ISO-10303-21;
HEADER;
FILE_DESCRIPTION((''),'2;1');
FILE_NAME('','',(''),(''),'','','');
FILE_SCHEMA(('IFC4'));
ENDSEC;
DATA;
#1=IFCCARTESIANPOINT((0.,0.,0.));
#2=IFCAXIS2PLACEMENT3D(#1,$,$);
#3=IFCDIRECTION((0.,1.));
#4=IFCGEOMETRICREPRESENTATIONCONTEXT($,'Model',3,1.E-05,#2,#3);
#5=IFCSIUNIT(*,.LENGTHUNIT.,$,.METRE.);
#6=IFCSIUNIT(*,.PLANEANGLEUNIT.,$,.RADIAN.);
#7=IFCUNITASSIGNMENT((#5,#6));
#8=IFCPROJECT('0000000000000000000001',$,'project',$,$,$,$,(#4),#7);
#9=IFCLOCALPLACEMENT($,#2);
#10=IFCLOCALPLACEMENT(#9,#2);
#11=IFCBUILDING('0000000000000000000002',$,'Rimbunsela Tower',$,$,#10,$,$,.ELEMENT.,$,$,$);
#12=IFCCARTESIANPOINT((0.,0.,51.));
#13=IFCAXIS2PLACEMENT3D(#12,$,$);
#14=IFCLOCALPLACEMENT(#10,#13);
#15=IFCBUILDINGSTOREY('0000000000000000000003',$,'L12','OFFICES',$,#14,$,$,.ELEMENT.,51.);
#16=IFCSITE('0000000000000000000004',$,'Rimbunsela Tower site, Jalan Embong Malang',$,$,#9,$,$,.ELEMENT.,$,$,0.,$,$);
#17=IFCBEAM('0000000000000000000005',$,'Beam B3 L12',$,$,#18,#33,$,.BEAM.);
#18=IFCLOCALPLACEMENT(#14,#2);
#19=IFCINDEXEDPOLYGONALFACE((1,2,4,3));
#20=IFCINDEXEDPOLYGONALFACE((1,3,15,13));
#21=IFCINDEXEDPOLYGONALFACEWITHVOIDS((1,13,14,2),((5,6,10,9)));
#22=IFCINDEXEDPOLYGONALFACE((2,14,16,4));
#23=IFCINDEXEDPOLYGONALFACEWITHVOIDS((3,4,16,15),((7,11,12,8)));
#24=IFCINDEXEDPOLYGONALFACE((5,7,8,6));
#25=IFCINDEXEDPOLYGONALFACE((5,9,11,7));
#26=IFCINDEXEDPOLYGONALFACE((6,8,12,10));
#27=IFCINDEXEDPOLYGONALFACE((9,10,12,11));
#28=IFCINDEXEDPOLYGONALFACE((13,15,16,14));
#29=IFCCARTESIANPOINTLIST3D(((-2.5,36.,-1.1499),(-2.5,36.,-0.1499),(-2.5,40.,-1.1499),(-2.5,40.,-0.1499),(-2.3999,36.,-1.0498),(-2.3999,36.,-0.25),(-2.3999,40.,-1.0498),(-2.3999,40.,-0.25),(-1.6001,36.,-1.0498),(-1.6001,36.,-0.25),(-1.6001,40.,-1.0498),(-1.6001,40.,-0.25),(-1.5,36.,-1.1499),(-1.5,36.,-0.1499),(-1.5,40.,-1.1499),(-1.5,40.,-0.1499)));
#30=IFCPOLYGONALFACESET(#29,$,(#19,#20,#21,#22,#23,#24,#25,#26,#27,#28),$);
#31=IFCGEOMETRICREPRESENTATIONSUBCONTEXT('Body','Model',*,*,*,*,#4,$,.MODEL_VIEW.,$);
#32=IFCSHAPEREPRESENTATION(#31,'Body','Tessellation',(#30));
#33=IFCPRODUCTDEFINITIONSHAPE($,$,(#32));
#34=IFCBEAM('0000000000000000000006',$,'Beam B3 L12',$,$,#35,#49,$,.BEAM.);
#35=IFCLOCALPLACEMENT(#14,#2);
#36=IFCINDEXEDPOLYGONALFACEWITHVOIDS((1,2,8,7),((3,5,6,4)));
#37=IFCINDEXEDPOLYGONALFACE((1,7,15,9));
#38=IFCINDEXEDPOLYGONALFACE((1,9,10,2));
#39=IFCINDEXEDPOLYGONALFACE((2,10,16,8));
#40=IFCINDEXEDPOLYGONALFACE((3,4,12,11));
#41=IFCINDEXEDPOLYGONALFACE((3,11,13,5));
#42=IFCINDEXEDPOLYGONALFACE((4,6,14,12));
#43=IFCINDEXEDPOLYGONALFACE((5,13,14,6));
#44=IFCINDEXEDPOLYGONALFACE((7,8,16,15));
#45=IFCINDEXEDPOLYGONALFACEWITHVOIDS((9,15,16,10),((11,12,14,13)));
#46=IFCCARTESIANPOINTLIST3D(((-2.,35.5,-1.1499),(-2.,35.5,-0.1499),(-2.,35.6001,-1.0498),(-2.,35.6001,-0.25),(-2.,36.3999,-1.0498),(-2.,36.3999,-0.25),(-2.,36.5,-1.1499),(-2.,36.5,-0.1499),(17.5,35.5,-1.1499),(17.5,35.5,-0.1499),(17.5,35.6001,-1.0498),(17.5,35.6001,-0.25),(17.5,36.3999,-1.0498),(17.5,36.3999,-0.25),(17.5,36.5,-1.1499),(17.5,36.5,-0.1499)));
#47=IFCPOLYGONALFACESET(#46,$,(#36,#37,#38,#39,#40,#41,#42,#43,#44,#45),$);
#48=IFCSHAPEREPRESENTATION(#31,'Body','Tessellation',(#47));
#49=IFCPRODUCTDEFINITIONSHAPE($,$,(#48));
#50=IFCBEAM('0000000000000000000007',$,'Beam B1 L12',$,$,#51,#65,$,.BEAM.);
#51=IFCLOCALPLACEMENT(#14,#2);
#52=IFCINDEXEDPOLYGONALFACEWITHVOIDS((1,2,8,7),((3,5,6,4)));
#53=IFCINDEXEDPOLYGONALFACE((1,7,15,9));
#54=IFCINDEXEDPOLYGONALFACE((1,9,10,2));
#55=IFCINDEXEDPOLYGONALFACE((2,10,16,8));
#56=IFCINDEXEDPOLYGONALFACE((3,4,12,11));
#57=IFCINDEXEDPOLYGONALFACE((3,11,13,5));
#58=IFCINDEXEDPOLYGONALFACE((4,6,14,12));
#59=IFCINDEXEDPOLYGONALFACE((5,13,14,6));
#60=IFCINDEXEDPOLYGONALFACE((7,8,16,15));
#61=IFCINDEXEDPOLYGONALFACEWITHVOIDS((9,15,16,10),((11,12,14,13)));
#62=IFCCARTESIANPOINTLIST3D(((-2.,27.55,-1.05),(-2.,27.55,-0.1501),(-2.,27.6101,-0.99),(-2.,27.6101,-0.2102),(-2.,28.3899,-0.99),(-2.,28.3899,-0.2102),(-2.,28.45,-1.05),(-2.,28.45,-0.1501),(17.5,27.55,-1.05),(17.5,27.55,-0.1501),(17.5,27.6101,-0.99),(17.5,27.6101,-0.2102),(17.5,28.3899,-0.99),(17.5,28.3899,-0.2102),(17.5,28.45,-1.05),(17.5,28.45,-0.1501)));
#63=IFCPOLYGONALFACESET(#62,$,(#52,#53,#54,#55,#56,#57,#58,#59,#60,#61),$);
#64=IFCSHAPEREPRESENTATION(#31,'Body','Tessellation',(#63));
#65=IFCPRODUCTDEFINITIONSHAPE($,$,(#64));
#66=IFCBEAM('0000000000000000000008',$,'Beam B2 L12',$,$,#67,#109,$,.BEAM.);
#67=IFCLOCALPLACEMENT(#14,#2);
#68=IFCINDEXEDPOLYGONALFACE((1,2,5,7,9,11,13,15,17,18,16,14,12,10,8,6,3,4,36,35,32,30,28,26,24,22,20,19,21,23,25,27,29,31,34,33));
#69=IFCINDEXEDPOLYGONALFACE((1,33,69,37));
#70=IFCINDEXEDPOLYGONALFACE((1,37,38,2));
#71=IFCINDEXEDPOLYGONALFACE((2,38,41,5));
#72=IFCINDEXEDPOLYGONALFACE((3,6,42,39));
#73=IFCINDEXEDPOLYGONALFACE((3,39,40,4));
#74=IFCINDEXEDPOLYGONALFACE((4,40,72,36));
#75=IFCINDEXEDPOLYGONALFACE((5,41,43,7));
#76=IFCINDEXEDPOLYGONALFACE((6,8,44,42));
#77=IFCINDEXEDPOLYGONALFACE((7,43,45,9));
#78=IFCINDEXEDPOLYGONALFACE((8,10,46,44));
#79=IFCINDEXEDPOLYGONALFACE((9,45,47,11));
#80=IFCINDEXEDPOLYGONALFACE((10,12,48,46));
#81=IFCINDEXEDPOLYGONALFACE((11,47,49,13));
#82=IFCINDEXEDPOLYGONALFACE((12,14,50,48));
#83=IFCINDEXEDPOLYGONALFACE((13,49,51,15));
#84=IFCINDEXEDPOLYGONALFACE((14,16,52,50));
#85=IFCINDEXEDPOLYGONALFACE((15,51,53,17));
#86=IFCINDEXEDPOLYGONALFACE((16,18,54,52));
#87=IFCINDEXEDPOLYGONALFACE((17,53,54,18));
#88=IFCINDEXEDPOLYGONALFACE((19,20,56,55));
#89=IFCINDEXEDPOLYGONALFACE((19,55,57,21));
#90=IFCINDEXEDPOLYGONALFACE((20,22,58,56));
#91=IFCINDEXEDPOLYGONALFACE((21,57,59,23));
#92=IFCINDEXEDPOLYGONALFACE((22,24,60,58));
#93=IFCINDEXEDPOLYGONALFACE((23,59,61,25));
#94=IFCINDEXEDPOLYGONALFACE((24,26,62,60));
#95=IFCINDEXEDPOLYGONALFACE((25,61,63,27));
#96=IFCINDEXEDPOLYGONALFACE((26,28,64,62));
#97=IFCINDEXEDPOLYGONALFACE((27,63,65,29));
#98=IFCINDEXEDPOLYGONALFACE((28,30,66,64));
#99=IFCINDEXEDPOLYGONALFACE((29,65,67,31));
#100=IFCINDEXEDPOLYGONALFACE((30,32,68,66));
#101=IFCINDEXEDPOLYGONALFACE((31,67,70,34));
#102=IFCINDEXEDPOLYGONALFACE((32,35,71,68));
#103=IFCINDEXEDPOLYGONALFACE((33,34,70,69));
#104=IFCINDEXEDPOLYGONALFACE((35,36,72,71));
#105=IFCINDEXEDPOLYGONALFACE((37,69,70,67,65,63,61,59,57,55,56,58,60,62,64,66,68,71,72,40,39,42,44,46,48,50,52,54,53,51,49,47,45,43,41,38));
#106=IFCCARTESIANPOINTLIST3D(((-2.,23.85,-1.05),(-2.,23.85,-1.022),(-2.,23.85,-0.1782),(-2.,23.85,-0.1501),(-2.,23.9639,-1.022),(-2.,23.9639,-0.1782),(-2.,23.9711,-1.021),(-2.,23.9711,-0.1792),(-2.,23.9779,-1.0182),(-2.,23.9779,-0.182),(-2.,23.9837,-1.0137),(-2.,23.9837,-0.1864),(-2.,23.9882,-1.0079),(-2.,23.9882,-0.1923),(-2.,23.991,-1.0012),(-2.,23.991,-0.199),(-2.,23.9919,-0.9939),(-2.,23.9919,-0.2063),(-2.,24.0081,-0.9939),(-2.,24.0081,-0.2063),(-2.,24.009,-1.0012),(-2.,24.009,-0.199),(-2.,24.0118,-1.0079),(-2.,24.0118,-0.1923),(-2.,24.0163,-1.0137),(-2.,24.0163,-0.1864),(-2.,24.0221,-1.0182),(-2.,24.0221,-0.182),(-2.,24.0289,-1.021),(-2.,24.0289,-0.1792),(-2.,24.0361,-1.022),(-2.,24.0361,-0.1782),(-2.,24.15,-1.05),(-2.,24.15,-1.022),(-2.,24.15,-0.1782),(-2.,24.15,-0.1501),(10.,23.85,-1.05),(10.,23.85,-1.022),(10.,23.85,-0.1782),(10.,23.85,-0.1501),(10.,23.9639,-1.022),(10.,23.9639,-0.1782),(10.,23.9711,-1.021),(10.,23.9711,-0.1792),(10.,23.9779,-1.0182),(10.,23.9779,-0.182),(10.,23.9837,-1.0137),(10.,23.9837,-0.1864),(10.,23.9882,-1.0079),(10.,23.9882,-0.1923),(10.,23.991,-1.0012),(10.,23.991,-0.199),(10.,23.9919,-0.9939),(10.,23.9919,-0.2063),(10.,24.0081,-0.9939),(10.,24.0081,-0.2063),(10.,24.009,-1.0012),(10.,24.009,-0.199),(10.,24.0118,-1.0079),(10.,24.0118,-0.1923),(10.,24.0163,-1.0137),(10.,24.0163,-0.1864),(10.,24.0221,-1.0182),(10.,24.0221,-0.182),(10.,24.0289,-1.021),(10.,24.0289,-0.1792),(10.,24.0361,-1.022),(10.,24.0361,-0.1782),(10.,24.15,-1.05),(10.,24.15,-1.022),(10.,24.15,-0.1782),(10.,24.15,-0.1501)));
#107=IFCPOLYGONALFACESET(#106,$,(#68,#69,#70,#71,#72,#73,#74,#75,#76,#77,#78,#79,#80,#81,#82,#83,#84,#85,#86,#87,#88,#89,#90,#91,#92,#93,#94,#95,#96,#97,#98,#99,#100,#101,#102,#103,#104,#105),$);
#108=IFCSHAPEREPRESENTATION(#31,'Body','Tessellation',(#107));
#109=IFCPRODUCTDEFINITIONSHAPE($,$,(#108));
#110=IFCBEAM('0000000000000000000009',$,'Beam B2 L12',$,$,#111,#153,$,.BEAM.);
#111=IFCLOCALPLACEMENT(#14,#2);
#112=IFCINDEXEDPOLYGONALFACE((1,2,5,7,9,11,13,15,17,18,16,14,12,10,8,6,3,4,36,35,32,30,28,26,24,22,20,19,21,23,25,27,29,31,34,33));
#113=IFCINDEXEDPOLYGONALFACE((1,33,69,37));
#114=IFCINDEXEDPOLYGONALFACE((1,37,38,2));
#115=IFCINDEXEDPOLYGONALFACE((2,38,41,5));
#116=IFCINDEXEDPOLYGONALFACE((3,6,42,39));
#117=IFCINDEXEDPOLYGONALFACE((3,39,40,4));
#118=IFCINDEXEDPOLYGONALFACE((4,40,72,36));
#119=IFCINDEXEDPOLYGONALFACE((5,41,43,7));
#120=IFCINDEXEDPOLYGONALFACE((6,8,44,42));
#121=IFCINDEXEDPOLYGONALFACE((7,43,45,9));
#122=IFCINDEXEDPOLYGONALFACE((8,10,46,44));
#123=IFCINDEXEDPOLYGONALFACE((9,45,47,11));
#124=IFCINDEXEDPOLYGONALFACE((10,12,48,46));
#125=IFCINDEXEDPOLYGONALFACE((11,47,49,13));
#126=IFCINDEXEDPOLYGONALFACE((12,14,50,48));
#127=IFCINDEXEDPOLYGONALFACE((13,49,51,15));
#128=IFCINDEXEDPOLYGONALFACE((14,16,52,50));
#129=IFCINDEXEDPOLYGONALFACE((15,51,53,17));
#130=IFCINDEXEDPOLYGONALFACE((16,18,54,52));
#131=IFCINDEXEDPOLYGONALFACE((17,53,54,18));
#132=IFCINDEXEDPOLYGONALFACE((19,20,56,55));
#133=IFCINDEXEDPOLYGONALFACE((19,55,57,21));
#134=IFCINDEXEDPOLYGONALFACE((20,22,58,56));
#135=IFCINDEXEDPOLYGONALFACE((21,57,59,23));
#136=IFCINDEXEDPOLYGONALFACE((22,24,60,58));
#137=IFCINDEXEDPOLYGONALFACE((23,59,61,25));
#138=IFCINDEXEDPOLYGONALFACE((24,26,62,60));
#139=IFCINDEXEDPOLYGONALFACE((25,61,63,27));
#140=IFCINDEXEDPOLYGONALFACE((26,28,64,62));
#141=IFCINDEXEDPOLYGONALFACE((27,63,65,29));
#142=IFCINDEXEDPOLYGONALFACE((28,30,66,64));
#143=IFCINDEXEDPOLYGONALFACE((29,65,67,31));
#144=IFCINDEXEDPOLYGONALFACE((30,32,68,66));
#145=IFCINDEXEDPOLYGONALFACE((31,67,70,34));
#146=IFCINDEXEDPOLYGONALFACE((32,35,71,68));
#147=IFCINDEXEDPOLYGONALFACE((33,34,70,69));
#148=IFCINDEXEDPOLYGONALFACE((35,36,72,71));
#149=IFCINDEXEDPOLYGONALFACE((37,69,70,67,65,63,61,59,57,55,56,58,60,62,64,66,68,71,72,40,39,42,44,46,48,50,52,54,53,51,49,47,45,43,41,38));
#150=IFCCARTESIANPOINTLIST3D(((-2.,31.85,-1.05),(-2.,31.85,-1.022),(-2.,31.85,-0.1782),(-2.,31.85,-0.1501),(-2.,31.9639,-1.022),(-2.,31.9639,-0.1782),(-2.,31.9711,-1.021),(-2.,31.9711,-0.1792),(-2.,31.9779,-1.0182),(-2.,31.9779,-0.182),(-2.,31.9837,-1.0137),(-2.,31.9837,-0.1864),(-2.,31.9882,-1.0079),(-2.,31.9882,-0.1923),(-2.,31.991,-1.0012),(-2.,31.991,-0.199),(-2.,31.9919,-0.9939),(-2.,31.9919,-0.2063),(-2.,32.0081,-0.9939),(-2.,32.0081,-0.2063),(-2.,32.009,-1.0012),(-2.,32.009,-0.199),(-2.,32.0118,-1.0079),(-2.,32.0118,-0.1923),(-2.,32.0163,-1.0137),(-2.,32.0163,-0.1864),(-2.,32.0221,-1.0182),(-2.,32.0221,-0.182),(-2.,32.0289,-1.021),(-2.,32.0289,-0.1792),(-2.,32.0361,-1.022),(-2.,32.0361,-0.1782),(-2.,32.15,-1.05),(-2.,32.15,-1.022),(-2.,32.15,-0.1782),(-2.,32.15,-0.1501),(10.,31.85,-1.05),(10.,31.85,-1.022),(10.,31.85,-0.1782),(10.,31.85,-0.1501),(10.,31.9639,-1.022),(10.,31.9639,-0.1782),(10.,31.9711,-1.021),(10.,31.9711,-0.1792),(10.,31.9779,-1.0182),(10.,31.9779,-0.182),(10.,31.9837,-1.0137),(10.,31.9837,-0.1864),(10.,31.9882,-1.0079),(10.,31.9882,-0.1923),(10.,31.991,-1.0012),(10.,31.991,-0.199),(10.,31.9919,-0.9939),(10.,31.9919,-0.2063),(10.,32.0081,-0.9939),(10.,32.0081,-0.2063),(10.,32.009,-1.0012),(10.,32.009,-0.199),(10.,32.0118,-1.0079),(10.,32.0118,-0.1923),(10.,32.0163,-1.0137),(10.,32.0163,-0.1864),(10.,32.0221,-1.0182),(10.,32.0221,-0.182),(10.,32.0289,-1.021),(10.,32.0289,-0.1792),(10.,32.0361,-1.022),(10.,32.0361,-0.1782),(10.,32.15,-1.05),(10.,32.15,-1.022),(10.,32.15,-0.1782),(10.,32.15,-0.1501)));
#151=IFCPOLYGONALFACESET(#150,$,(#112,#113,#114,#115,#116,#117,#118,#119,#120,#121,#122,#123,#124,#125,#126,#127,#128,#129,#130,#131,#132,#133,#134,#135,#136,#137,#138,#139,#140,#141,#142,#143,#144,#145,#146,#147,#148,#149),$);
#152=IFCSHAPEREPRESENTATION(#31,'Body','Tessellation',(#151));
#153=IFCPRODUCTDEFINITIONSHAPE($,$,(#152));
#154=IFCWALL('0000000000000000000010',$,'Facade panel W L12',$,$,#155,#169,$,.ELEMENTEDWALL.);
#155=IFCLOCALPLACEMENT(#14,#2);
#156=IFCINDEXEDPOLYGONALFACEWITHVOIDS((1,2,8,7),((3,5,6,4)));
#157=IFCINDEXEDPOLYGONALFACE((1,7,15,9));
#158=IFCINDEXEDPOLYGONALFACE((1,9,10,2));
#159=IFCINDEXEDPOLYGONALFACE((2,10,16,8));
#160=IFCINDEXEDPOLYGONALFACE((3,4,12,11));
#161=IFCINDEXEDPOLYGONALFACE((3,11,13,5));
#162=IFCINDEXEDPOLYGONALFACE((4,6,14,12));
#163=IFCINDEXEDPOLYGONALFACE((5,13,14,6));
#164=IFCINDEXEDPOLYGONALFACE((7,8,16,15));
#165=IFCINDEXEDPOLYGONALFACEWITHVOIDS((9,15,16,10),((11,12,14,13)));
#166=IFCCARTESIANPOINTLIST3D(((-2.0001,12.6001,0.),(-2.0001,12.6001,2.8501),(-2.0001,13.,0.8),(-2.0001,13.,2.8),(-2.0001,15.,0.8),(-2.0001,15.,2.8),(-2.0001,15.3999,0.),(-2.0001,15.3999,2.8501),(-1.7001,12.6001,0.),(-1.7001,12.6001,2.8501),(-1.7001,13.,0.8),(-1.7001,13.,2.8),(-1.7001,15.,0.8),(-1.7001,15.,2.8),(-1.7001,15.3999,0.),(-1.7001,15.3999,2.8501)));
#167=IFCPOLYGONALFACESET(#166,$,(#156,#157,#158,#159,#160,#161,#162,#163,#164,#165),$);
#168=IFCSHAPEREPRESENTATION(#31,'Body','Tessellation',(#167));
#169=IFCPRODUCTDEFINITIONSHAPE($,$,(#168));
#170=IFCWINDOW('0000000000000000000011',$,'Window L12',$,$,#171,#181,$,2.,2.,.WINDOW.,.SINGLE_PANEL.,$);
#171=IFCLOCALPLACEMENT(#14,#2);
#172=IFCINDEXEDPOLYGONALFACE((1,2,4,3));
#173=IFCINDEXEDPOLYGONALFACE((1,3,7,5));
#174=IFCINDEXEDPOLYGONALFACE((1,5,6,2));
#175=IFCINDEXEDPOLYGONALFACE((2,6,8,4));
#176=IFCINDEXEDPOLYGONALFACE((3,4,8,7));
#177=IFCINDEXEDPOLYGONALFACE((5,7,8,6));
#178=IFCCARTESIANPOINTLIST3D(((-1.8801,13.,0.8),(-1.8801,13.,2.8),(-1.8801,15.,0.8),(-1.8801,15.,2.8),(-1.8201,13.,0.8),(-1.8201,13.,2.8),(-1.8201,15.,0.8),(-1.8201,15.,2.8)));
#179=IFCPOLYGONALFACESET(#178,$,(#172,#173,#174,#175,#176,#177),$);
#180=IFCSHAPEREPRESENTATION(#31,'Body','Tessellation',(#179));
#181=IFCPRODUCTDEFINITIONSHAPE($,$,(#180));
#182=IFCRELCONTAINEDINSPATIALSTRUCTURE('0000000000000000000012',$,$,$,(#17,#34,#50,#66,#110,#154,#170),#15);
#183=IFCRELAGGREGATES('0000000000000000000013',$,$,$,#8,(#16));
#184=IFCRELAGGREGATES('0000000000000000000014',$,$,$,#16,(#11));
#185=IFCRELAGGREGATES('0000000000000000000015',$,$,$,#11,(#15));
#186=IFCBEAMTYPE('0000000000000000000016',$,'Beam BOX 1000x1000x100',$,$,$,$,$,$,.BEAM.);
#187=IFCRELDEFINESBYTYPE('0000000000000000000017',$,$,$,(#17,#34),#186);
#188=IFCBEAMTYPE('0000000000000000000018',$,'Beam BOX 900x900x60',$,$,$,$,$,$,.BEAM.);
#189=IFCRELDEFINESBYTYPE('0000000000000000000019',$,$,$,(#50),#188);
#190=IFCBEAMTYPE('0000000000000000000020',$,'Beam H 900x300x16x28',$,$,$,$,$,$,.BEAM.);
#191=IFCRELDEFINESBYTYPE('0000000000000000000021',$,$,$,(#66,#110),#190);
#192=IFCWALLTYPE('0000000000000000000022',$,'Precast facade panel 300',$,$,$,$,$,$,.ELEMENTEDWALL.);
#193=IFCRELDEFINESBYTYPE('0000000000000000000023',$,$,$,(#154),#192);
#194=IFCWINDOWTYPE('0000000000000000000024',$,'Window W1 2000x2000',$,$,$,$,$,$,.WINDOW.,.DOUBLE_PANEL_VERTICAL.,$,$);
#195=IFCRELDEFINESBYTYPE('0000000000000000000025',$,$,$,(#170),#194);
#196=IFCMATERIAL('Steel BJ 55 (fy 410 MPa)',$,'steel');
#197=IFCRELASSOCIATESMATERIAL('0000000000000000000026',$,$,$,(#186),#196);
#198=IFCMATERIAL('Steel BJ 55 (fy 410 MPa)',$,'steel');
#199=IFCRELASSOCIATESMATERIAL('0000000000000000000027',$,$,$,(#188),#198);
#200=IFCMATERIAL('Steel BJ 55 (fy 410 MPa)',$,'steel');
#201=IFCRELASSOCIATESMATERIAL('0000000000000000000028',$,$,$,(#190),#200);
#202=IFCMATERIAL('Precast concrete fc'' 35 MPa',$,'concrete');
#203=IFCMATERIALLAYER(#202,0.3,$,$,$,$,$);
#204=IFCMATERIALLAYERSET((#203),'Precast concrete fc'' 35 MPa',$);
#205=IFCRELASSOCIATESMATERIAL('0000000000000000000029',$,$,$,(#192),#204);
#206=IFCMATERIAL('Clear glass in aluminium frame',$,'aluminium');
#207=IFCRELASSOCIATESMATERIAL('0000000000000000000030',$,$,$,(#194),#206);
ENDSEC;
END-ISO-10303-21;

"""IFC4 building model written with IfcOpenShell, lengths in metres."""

from ifc_helpers import new_model, si_unit, direction, frame, frame_2d, origin, origin_2d, place, context, subcontext, project, spatial, rectangle, hollow_rectangle, i_section, extrude, material, layer, layer_set, material_profile, profile_set, type_object, element, fill, save


model = new_model("IFC4")

# Units and contexts
model_context = context("Model", 3, precision=1e-05, world=origin(), true_north=direction((0.0, 1.0)))
body_context = subcontext(model_context, "Body", "Model", "MODEL_VIEW")
ifc_project = project(units=[si_unit("LENGTHUNIT", "METRE"), si_unit("PLANEANGLEUNIT", "RADIAN")], contexts=[model_context])

# Site, building, storey
site_placement = place(None, origin())
site = spatial("IfcSite", under=ifc_project, at=site_placement, Name="Rimbunsela Tower site, Jalan Embong Malang", CompositionType="ELEMENT", RefElevation=0.0)
building_placement = place(site_placement, origin())
building = spatial("IfcBuilding", under=site, at=building_placement, Name="Rimbunsela Tower", CompositionType="ELEMENT")
storey_placement = place(building_placement, frame((0.0, 0.0, 51.0)))
storey = spatial("IfcBuildingStorey", under=building, at=storey_placement, Name="L12", Description="OFFICES", CompositionType="ELEMENT", Elevation=51.0)

# Beams
ifc_material_1 = material(Name="Steel BJ 55 (fy 410 MPa)", Category="steel")
ifc_material_profile_1 = material_profile(ifc_material_1, hollow_rectangle(XDim=1.0, YDim=1.0, WallThickness=0.1001, at=origin_2d()), Name="BOX 1000x1000x100")
ifc_profile_set_1 = profile_set([ifc_material_profile_1], Name="Steel BJ 55 (fy 410 MPa)")
beam_type_1 = type_object("IfcBeamType", Name="Beam BOX 1000x1000x100", PredefinedType="BEAM", material=ifc_profile_set_1)
for number, where, z_axis, x_axis, name in (
    (1, (-2.0, 36.0, -0.6499), (0.0, 1.0, 0.0), (-1.0, 0.0, 0.0), "Beam B3 L12"),
):
    element("IfcBeam", number, at=place(storey_placement, frame(where, z_axis=z_axis, x_axis=x_axis)), inside=storey, type_object=beam_type_1, Name=name, PredefinedType="BEAM", context=body_context, shape_type="SweptSolid", body=[
        extrude(hollow_rectangle(XDim=1.0, YDim=1.0, WallThickness=0.1001, at=origin_2d()), origin(), (0.0, 0.0, 1.0), 4.0),
    ])
beam_1_placement = place(storey_placement, frame((-2.0, 36.0, -0.6499), z_axis=(1.0, 0.0, 0.0), x_axis=(0.0, 1.0, 0.0)))
element("IfcBeam", 2, at=beam_1_placement, inside=storey, type_object=beam_type_1, Name="Beam B3 L12", PredefinedType="BEAM", context=body_context, shape_type="SweptSolid", body=[
    extrude(hollow_rectangle(XDim=1.0, YDim=1.0, WallThickness=0.1001, at=origin_2d()), origin(), (0.0, 0.0, 1.0), 19.5),
])
ifc_material_2 = material(Name="Steel BJ 55 (fy 410 MPa)", Category="steel")
ifc_material_profile_2 = material_profile(ifc_material_2, hollow_rectangle(XDim=0.8999, YDim=0.8999, WallThickness=0.0601, at=origin_2d()), Name="BOX 900x900x60")
ifc_profile_set_2 = profile_set([ifc_material_profile_2], Name="Steel BJ 55 (fy 410 MPa)")
beam_type_2 = type_object("IfcBeamType", Name="Beam BOX 900x900x60", PredefinedType="BEAM", material=ifc_profile_set_2)
beam_2_placement = place(storey_placement, frame((-2.0, 28.0, -0.6001), z_axis=(1.0, 0.0, 0.0), x_axis=(0.0, 1.0, 0.0)))
element("IfcBeam", 3, at=beam_2_placement, inside=storey, type_object=beam_type_2, Name="Beam B1 L12", PredefinedType="BEAM", context=body_context, shape_type="SweptSolid", body=[
    extrude(hollow_rectangle(XDim=0.8999, YDim=0.8999, WallThickness=0.0601, at=origin_2d()), origin(), (0.0, 0.0, 1.0), 19.5),
])
ifc_material_3 = material(Name="Steel BJ 55 (fy 410 MPa)", Category="steel")
ifc_material_profile_3 = material_profile(ifc_material_3, i_section(OverallWidth=0.3, OverallDepth=0.8999, WebThickness=0.0161, FlangeThickness=0.0281, FilletRadius=0.0281, at=origin_2d()), Name="H 900x300x16x28")
ifc_profile_set_3 = profile_set([ifc_material_profile_3], Name="Steel BJ 55 (fy 410 MPa)")
beam_type_3 = type_object("IfcBeamType", Name="Beam H 900x300x16x28", PredefinedType="BEAM", material=ifc_profile_set_3)
for number, where, z_axis, x_axis, name in (
    (4, (-2.0, 24.0, -0.6001), (1.0, 0.0, 0.0), (0.0, 1.0, 0.0), "Beam B2 L12"),
    (5, (-2.0, 32.0, -0.6001), (1.0, 0.0, 0.0), (0.0, 1.0, 0.0), "Beam B2 L12"),
):
    element("IfcBeam", number, at=place(storey_placement, frame(where, z_axis=z_axis, x_axis=x_axis)), inside=storey, type_object=beam_type_3, Name=name, PredefinedType="BEAM", context=body_context, shape_type="SweptSolid", body=[
        extrude(i_section(OverallWidth=0.3, OverallDepth=0.8999, WebThickness=0.0161, FlangeThickness=0.0281, FilletRadius=0.0281, at=origin_2d()), origin(), (0.0, 0.0, 1.0), 12.0),
    ])

# Wall, opening, window
ifc_material_4 = material(Name="Precast concrete fc' 35 MPa", Category="concrete")
ifc_layer_1 = layer(ifc_material_4, 0.3)
ifc_layer_set_1 = layer_set([ifc_layer_1], Name="Precast concrete fc' 35 MPa")
wall_type = type_object("IfcWallType", Name="Precast facade panel 300", PredefinedType="ELEMENTEDWALL", material=ifc_layer_set_1)
wall_1_placement = place(storey_placement, frame((-1.8501, 15.3999, 0.0), z_axis=(0.0, 0.0, 1.0), x_axis=(0.0, -1.0, 0.0)))
wall_1 = element("IfcWall", 6, at=wall_1_placement, inside=storey, type_object=wall_type, Name="Facade panel W L12", PredefinedType="ELEMENTEDWALL", context=body_context, shape_type="SweptSolid", body=[
    extrude(rectangle(XDim=2.7998, YDim=0.3, at=frame_2d((1.3999, 0.0))), origin(), (0.0, 0.0, 1.0), 2.8501),
])
opening_1_placement = place(wall_1_placement, frame((0.3999, 0.0, 0.8)))
opening_1 = element("IfcOpeningElement", 7, at=opening_1_placement, cuts=wall_1, PredefinedType="OPENING", context=body_context, shape_type="SweptSolid", body=[
    extrude(rectangle(XDim=2.0, YDim=2.0, at=frame_2d((1.0, 1.0))), frame((0.0, 0.1599, 0.0), z_axis=(0.0, -1.0, 0.0), x_axis=(1.0, 0.0, 0.0)), (0.0, 0.0, 1.0), 0.3201),
])
ifc_material_5 = material(Name="Clear glass in aluminium frame", Category="aluminium")
window_type = type_object("IfcWindowType", Name="Window W1 2000x2000", PartitioningType="DOUBLE_PANEL_VERTICAL", PredefinedType="WINDOW", material=ifc_material_5)
window_1_placement = place(opening_1_placement, origin())
window_1 = element("IfcWindow", 8, at=window_1_placement, inside=storey, type_object=window_type, Name="Window L12", OverallHeight=2.0, OverallWidth=2.0, PartitioningType="SINGLE_PANEL", PredefinedType="WINDOW", context=body_context, shape_type="SweptSolid", body=[
    extrude(rectangle(XDim=2.0, YDim=2.0, at=frame_2d((1.0, 1.0))), frame((0.0, 0.03, 0.0), z_axis=(0.0, -1.0, 0.0), x_axis=(1.0, 0.0, 0.0)), (0.0, 0.0, 1.0), 0.0601),
])
fill(opening_1, window_1)

save(model, "model.ifc")
